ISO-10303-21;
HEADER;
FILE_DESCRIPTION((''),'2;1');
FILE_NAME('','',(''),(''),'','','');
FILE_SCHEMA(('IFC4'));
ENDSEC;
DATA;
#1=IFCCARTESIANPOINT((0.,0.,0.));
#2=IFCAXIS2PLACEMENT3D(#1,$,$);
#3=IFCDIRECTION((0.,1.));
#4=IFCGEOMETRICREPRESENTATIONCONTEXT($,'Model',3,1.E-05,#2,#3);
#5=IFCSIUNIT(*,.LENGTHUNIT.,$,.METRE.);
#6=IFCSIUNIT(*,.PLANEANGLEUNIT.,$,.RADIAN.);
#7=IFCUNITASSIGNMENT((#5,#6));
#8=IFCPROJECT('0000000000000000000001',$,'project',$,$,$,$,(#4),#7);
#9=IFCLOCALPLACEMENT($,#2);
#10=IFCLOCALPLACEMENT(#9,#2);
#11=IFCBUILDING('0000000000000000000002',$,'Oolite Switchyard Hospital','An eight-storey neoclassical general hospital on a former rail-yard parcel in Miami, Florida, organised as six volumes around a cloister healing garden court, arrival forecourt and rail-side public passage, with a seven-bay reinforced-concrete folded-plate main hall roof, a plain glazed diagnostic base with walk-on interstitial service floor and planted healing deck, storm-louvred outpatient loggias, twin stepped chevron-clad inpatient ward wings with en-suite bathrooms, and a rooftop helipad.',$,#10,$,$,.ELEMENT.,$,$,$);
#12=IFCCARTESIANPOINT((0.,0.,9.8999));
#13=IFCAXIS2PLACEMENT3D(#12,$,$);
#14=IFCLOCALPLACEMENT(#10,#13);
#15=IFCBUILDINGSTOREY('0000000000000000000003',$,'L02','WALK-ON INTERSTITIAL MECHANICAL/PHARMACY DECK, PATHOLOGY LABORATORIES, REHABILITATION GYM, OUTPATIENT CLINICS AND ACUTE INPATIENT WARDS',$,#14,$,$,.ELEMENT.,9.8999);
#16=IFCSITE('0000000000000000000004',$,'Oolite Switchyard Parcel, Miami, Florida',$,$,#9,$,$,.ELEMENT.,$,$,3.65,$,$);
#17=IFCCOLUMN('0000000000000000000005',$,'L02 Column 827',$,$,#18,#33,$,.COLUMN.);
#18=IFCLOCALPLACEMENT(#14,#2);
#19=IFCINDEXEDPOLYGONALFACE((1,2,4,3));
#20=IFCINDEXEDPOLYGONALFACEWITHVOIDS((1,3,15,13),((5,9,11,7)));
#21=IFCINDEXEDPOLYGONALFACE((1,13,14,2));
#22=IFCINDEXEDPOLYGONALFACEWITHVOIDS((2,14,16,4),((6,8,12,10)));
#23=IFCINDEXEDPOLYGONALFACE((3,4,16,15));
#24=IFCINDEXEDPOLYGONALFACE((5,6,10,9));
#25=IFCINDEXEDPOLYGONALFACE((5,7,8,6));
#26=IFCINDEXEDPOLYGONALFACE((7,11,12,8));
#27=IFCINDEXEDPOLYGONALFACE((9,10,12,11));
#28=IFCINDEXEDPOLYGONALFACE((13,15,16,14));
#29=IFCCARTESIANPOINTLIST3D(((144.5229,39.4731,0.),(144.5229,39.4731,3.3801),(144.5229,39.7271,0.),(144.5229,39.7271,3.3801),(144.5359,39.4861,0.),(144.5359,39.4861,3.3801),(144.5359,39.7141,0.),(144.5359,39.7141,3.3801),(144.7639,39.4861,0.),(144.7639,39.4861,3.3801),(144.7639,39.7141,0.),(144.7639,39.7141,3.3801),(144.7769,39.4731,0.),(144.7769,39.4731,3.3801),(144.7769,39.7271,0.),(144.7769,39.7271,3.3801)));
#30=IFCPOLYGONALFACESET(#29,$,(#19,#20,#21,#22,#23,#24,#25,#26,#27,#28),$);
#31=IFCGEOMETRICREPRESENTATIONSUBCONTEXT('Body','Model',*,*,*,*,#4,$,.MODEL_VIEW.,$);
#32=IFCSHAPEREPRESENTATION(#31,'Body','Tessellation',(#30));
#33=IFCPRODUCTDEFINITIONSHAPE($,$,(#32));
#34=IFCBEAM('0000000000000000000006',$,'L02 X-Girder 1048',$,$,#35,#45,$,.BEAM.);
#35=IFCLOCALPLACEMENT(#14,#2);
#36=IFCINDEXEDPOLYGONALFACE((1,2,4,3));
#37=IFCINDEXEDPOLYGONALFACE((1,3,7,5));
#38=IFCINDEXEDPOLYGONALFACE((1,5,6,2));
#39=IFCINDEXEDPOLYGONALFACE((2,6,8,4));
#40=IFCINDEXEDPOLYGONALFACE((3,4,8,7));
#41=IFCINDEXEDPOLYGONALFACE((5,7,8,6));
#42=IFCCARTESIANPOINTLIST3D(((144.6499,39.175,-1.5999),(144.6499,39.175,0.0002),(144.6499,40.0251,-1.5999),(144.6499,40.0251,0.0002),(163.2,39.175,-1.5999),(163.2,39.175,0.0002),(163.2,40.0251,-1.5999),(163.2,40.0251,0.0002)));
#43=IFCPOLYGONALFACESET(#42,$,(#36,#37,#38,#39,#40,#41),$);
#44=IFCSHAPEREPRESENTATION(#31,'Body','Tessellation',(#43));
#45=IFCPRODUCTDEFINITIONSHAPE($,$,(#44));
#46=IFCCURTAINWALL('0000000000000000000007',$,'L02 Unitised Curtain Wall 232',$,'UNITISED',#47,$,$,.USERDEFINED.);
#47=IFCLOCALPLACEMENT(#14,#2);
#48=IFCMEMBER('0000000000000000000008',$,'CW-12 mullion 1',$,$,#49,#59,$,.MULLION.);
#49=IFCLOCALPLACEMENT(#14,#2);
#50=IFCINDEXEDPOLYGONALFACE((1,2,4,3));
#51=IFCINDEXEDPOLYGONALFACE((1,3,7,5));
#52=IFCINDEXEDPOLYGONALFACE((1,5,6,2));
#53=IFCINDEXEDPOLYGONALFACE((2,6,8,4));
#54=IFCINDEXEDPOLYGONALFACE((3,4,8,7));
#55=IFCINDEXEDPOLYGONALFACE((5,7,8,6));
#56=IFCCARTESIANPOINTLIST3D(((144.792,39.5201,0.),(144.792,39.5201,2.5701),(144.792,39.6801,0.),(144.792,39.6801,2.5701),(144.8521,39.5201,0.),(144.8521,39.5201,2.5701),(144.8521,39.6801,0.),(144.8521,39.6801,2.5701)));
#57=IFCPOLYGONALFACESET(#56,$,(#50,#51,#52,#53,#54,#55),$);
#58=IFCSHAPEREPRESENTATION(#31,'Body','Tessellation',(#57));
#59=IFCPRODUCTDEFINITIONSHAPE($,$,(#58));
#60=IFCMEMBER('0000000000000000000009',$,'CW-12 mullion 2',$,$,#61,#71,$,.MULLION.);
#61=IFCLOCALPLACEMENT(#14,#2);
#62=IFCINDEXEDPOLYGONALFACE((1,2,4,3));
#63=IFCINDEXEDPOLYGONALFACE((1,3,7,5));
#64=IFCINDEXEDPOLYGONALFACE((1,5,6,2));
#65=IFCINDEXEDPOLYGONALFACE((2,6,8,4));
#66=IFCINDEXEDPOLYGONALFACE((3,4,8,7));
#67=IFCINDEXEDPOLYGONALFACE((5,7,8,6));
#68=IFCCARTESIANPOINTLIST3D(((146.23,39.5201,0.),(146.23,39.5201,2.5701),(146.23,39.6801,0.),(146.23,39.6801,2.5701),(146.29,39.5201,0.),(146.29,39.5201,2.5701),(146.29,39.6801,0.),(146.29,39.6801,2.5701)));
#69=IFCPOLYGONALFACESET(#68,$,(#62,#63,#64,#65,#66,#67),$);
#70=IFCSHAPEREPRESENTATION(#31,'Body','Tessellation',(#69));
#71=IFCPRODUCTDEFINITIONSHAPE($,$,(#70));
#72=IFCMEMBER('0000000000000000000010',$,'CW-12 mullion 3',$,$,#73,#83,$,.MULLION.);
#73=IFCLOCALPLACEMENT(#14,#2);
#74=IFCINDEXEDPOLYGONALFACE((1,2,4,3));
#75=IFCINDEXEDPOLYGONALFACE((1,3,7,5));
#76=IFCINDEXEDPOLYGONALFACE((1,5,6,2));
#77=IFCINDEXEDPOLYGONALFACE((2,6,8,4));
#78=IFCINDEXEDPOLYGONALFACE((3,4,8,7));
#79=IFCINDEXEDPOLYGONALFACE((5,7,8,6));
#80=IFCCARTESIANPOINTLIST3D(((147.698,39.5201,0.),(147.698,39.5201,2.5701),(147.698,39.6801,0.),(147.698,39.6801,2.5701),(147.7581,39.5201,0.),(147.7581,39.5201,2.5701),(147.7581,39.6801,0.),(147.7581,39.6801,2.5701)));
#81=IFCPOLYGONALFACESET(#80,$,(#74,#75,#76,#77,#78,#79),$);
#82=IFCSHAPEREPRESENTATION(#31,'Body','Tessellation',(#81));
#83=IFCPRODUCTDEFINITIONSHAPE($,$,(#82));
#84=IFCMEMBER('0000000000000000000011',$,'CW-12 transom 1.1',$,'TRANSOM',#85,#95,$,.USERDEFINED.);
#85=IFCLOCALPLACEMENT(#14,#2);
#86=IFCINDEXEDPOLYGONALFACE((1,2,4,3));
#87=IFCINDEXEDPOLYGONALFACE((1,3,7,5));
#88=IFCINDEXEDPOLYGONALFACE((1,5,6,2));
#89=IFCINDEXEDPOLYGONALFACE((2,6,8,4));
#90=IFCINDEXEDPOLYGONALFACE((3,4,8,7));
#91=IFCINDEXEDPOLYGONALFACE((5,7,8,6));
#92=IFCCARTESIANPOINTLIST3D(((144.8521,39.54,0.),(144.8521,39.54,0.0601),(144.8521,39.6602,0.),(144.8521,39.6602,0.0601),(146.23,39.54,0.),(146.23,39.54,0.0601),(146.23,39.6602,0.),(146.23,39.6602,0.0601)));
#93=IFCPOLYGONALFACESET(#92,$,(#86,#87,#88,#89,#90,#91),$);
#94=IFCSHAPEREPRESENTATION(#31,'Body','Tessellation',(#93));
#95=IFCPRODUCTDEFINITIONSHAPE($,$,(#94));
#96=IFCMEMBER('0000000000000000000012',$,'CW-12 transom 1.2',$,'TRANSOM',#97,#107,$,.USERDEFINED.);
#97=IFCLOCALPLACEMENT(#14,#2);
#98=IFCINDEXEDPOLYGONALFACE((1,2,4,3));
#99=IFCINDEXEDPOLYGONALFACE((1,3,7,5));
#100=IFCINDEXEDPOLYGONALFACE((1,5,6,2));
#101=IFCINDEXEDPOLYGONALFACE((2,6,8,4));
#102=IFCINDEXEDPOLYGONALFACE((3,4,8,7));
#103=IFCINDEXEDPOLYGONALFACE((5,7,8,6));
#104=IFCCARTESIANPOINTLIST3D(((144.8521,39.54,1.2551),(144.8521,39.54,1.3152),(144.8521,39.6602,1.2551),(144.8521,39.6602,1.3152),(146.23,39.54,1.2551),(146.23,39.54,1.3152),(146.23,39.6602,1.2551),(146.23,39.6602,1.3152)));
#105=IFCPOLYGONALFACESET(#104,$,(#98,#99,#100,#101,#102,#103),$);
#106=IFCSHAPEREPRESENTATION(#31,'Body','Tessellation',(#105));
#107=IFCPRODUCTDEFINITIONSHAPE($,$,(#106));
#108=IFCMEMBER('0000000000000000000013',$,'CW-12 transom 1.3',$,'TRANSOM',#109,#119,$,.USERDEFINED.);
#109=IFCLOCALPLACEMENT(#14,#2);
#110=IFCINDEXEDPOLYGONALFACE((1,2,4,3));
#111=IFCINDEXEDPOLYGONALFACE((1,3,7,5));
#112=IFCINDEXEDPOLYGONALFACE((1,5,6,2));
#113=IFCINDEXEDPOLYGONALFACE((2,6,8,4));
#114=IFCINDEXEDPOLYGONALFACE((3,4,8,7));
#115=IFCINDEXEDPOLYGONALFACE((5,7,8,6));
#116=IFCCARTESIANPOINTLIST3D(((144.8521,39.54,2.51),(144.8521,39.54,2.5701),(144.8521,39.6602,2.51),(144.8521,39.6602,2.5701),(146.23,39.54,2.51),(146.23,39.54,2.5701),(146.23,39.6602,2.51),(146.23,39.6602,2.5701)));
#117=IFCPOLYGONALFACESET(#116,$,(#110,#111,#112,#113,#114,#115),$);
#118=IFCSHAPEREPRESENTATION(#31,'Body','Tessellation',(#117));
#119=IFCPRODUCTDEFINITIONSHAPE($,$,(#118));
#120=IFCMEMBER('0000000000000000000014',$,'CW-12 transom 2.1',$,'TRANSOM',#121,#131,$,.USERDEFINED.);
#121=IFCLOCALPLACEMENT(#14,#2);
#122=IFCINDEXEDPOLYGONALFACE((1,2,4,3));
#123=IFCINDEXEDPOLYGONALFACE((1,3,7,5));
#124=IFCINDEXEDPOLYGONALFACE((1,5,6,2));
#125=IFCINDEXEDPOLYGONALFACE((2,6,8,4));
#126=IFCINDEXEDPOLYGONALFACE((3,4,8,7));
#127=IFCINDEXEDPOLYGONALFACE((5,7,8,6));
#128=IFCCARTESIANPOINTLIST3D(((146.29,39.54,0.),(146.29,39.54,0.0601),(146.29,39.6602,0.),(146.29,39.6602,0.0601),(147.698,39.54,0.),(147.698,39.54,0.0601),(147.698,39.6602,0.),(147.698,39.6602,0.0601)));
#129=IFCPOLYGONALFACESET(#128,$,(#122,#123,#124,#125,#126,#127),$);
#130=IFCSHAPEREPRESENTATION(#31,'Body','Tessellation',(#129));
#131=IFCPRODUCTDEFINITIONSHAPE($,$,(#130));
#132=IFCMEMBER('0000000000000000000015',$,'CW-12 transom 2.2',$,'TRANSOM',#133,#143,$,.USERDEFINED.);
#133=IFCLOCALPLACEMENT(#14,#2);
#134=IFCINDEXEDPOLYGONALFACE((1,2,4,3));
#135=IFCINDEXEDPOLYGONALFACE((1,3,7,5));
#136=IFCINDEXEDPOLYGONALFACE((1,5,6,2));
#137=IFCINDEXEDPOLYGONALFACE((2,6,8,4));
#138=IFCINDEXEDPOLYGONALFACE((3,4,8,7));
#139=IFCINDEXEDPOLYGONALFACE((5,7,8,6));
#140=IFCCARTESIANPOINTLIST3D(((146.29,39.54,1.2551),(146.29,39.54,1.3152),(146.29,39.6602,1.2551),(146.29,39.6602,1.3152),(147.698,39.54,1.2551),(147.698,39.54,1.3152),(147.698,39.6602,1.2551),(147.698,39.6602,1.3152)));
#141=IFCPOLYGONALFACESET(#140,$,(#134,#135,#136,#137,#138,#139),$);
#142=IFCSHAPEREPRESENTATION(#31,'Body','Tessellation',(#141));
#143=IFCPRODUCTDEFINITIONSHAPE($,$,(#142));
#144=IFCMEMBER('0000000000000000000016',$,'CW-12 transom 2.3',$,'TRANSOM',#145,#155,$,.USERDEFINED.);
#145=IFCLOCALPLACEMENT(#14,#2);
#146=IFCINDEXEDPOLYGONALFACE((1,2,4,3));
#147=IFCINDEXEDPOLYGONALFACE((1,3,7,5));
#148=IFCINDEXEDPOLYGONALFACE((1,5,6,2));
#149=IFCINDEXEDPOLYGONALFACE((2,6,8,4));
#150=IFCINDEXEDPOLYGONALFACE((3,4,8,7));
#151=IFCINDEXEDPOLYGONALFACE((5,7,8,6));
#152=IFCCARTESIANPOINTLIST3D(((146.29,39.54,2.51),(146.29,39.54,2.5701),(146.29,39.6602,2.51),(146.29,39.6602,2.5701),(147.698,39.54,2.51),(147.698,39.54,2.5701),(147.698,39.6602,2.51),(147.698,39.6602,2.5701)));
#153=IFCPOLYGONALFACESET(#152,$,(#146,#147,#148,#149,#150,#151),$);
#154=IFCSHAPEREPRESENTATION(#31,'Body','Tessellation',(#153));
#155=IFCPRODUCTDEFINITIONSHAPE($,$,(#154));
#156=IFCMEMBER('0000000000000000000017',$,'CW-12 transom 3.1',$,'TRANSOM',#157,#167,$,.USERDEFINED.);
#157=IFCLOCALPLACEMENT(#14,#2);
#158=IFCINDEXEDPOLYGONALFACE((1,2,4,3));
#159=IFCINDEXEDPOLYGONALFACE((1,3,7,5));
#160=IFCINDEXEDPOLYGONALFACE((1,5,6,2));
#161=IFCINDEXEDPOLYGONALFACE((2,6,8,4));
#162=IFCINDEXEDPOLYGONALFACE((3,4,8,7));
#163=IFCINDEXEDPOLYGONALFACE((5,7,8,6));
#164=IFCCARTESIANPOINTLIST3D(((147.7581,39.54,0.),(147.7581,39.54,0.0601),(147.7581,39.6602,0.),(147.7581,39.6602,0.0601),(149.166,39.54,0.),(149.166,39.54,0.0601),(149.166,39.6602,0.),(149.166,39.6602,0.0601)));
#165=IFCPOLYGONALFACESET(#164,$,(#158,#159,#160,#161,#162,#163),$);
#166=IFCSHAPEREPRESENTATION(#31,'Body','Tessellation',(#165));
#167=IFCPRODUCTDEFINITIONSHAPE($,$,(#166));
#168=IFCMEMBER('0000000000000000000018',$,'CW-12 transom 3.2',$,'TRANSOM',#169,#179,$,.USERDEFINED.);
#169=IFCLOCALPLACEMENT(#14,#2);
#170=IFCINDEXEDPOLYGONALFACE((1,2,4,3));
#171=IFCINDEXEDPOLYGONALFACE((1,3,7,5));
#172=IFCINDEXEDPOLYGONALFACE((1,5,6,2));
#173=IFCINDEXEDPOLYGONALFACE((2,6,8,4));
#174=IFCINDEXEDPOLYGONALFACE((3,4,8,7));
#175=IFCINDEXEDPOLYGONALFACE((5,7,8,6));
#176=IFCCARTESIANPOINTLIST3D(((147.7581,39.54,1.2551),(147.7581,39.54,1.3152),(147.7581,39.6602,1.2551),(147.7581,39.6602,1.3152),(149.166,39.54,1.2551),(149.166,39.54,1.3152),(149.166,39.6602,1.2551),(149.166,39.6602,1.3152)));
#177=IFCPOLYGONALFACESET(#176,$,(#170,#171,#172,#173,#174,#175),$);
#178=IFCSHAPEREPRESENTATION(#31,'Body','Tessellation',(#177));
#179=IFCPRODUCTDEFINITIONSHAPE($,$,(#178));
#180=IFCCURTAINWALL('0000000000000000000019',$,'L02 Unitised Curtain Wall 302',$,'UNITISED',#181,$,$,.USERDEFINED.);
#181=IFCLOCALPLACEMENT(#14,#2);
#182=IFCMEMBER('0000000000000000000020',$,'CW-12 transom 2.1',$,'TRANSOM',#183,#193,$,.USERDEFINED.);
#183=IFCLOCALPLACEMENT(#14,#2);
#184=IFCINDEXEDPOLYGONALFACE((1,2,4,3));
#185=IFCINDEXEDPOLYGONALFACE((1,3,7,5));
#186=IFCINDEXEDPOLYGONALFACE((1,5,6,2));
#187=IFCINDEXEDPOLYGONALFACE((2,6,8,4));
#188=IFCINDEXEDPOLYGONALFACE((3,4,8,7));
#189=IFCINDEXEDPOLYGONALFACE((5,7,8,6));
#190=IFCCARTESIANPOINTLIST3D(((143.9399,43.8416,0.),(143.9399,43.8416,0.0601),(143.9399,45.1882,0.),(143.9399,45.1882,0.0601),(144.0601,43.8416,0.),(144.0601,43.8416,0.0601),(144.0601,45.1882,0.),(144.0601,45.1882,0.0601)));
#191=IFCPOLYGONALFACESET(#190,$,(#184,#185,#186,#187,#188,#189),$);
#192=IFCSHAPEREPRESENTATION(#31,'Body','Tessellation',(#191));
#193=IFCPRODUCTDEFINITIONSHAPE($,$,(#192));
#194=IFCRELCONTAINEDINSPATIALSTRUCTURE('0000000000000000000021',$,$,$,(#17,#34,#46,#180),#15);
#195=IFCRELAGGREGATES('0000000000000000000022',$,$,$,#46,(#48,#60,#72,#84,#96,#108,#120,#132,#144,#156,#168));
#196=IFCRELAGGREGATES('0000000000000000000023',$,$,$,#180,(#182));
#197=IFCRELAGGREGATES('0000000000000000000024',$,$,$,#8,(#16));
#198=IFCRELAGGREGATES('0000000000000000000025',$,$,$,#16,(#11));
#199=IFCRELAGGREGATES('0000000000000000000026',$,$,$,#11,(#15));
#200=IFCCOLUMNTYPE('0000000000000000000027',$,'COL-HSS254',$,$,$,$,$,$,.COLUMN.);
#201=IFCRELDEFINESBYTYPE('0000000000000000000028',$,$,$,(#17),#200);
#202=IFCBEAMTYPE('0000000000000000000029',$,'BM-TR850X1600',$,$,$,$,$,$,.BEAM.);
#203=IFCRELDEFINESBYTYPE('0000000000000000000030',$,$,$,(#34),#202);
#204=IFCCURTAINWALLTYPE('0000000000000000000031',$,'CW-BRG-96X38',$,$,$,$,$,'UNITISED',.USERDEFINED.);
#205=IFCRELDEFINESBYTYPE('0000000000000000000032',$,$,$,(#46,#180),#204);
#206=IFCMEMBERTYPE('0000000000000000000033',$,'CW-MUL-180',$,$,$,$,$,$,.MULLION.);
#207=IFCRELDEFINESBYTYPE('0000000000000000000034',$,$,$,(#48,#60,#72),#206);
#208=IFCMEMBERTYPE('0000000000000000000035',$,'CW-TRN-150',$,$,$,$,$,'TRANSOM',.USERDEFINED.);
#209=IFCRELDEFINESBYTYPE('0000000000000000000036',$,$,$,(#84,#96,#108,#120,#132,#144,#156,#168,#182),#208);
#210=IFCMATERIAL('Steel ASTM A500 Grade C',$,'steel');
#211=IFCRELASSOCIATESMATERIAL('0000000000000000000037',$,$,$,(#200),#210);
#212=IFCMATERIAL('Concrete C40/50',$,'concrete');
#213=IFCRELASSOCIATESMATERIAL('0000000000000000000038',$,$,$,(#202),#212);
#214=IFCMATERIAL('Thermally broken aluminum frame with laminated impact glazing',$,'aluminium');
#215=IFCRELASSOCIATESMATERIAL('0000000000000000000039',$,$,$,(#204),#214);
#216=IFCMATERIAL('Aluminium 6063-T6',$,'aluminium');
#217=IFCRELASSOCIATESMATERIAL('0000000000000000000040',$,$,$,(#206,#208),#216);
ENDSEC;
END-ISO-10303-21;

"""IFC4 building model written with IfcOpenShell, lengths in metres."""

from ifc_helpers import new_model, si_unit, direction, frame, origin, origin_2d, place, context, subcontext, project, spatial, rectangle, hollow_rectangle, extrude, material, material_profile, profile_set, type_object, element, aggregate, save


model = new_model("IFC4")

# Units and contexts
model_context = context("Model", 3, precision=1e-05, world=origin(), true_north=direction((0.0, 1.0)))
body_context = subcontext(model_context, "Body", "Model", "MODEL_VIEW")
ifc_project = project(units=[si_unit("LENGTHUNIT", "METRE"), si_unit("PLANEANGLEUNIT", "RADIAN")], contexts=[model_context])

# Site, building, storey
site_placement = place(None, origin())
site = spatial("IfcSite", under=ifc_project, at=site_placement, Name="Oolite Switchyard Parcel, Miami, Florida", CompositionType="ELEMENT", RefElevation=3.65)
building_placement = place(site_placement, origin())
building = spatial("IfcBuilding", under=site, at=building_placement, Name="Oolite Switchyard Hospital", Description="An eight-storey neoclassical general hospital on a former rail-yard parcel in Miami, Florida, organised as six volumes around a cloister healing garden court, arrival forecourt and rail-side public passage, with a seven-bay reinforced-concrete folded-plate main hall roof, a plain glazed diagnostic base with walk-on interstitial service floor and planted healing deck, storm-louvred outpatient loggias, twin stepped chevron-clad inpatient ward wings with en-suite bathrooms, and a rooftop helipad.", CompositionType="ELEMENT")
storey_placement = place(building_placement, frame((0.0, 0.0, 9.8999)))
storey = spatial("IfcBuildingStorey", under=building, at=storey_placement, Name="L02", Description="WALK-ON INTERSTITIAL MECHANICAL/PHARMACY DECK, PATHOLOGY LABORATORIES, REHABILITATION GYM, OUTPATIENT CLINICS AND ACUTE INPATIENT WARDS", CompositionType="ELEMENT", Elevation=9.8999)

# Column
ifc_material_1 = material(Name="Steel ASTM A500 Grade C", Category="steel")
ifc_material_profile_1 = material_profile(ifc_material_1, hollow_rectangle(XDim=0.2539, YDim=0.2539, WallThickness=0.0129, at=origin_2d()), Name="HSS254X254X13")
ifc_profile_set_1 = profile_set([ifc_material_profile_1], Name="Steel ASTM A500 Grade C")
column_type = type_object("IfcColumnType", Name="COL-HSS254", PredefinedType="COLUMN", material=ifc_profile_set_1)
column_placement = place(storey_placement, frame((144.6499, 39.6001, 0.0), z_axis=(0.0, 0.0, 1.0), x_axis=(1.0, 0.0, 0.0)))
element("IfcColumn", 1, at=column_placement, inside=storey, type_object=column_type, Name="L02 Column 827", PredefinedType="COLUMN", context=body_context, shape_type="SweptSolid", body=[
    extrude(hollow_rectangle(XDim=0.2539, YDim=0.2539, WallThickness=0.0129, at=origin_2d()), origin(), (0.0, 0.0, 1.0), 3.3801),
])

# Beam
ifc_material_2 = material(Name="Concrete C40/50", Category="concrete")
ifc_material_profile_2 = material_profile(ifc_material_2, rectangle(XDim=0.8501, YDim=1.6001, at=origin_2d()), Name="RCT850X1600")
ifc_profile_set_2 = profile_set([ifc_material_profile_2], Name="Concrete C40/50")
beam_type = type_object("IfcBeamType", Name="BM-TR850X1600", PredefinedType="BEAM", material=ifc_profile_set_2)
beam_placement = place(storey_placement, frame((144.6499, 39.6001, -0.7998), z_axis=(1.0, 0.0, 0.0), x_axis=(0.0, 1.0, 0.0)))
element("IfcBeam", 2, at=beam_placement, inside=storey, type_object=beam_type, Name="L02 X-Girder 1048", PredefinedType="BEAM", context=body_context, shape_type="SweptSolid", body=[
    extrude(rectangle(XDim=0.8501, YDim=1.6001, at=origin_2d()), origin(), (0.0, 0.0, 1.0), 18.55),
])

# Curtain walls, members
ifc_material_3 = material(Name="Thermally broken aluminum frame with laminated impact glazing", Category="aluminium")
curtain_wall_type = type_object("IfcCurtainWallType", Name="CW-BRG-96X38", ElementType="UNITISED", PredefinedType="USERDEFINED", material=ifc_material_3)
curtain_wall_1_placement = place(storey_placement, origin())
curtain_wall_1 = element("IfcCurtainWall", 3, at=curtain_wall_1_placement, inside=storey, type_object=curtain_wall_type, Name="L02 Unitised Curtain Wall 232", ObjectType="UNITISED", PredefinedType="USERDEFINED")
ifc_material_4 = material(Name="Aluminium 6063-T6", Category="aluminium")
ifc_material_profile_3 = material_profile(ifc_material_4, rectangle(XDim=0.1599, YDim=0.0601, at=origin_2d()), Name="CWM60X160")
ifc_profile_set_3 = profile_set([ifc_material_profile_3], Name="Aluminium 6063-T6")
member_type_1 = type_object("IfcMemberType", Name="CW-MUL-180", PredefinedType="MULLION", material=ifc_profile_set_3)
member_1_placement = place(storey_placement, frame((144.822, 39.6001, 0.0), z_axis=(0.0, 0.0, 1.0), x_axis=(0.0, 1.0, 0.0)))
member_1 = element("IfcMember", 4, at=member_1_placement, type_object=member_type_1, Name="CW-12 mullion 1", PredefinedType="MULLION", context=body_context, shape_type="SweptSolid", body=[
    extrude(rectangle(XDim=0.1599, YDim=0.0601, at=origin_2d()), origin(), (0.0, 0.0, 1.0), 2.5701),
])
member_2_placement = place(storey_placement, frame((146.26, 39.6001, 0.0), z_axis=(0.0, 0.0, 1.0), x_axis=(0.0, 1.0, 0.0)))
member_2 = element("IfcMember", 5, at=member_2_placement, type_object=member_type_1, Name="CW-12 mullion 2", PredefinedType="MULLION", context=body_context, shape_type="SweptSolid", body=[
    extrude(rectangle(XDim=0.1599, YDim=0.0601, at=origin_2d()), origin(), (0.0, 0.0, 1.0), 2.5701),
])
member_3_placement = place(storey_placement, frame((147.728, 39.6001, 0.0), z_axis=(0.0, 0.0, 1.0), x_axis=(0.0, 1.0, 0.0)))
member_3 = element("IfcMember", 6, at=member_3_placement, type_object=member_type_1, Name="CW-12 mullion 3", PredefinedType="MULLION", context=body_context, shape_type="SweptSolid", body=[
    extrude(rectangle(XDim=0.1599, YDim=0.0601, at=origin_2d()), origin(), (0.0, 0.0, 1.0), 2.5701),
])
ifc_material_profile_4 = material_profile(ifc_material_4, rectangle(XDim=0.1201, YDim=0.0601, at=origin_2d()), Name="CWT60X120")
ifc_profile_set_4 = profile_set([ifc_material_profile_4], Name="Aluminium 6063-T6")
member_type_2 = type_object("IfcMemberType", Name="CW-TRN-150", ElementType="TRANSOM", PredefinedType="USERDEFINED", material=ifc_profile_set_4)
member_4_placement = place(storey_placement, frame((144.8521, 39.6001, 0.03), z_axis=(1.0, 0.0, 0.0), x_axis=(0.0, 1.0, 0.0)))
member_4 = element("IfcMember", 7, at=member_4_placement, type_object=member_type_2, Name="CW-12 transom 1.1", ObjectType="TRANSOM", PredefinedType="USERDEFINED", context=body_context, shape_type="SweptSolid", body=[
    extrude(rectangle(XDim=0.1201, YDim=0.0601, at=origin_2d()), origin(), (0.0, 0.0, 1.0), 1.3779),
])
member_5_placement = place(storey_placement, frame((144.8521, 39.6001, 1.2852), z_axis=(1.0, 0.0, 0.0), x_axis=(0.0, 1.0, 0.0)))
member_5 = element("IfcMember", 8, at=member_5_placement, type_object=member_type_2, Name="CW-12 transom 1.2", ObjectType="TRANSOM", PredefinedType="USERDEFINED", context=body_context, shape_type="SweptSolid", body=[
    extrude(rectangle(XDim=0.1201, YDim=0.0601, at=origin_2d()), origin(), (0.0, 0.0, 1.0), 1.3779),
])
member_6_placement = place(storey_placement, frame((144.8521, 39.6001, 2.54), z_axis=(1.0, 0.0, 0.0), x_axis=(0.0, 1.0, 0.0)))
member_6 = element("IfcMember", 9, at=member_6_placement, type_object=member_type_2, Name="CW-12 transom 1.3", ObjectType="TRANSOM", PredefinedType="USERDEFINED", context=body_context, shape_type="SweptSolid", body=[
    extrude(rectangle(XDim=0.1201, YDim=0.0601, at=origin_2d()), origin(), (0.0, 0.0, 1.0), 1.3779),
])
member_7_placement = place(storey_placement, frame((146.29, 39.6001, 0.03), z_axis=(1.0, 0.0, 0.0), x_axis=(0.0, 1.0, 0.0)))
member_7 = element("IfcMember", 10, at=member_7_placement, type_object=member_type_2, Name="CW-12 transom 2.1", ObjectType="TRANSOM", PredefinedType="USERDEFINED", context=body_context, shape_type="SweptSolid", body=[
    extrude(rectangle(XDim=0.1201, YDim=0.0601, at=origin_2d()), origin(), (0.0, 0.0, 1.0), 1.408),
])
member_8_placement = place(storey_placement, frame((146.29, 39.6001, 1.2852), z_axis=(1.0, 0.0, 0.0), x_axis=(0.0, 1.0, 0.0)))
member_8 = element("IfcMember", 11, at=member_8_placement, type_object=member_type_2, Name="CW-12 transom 2.2", ObjectType="TRANSOM", PredefinedType="USERDEFINED", context=body_context, shape_type="SweptSolid", body=[
    extrude(rectangle(XDim=0.1201, YDim=0.0601, at=origin_2d()), origin(), (0.0, 0.0, 1.0), 1.408),
])
member_9_placement = place(storey_placement, frame((146.29, 39.6001, 2.54), z_axis=(1.0, 0.0, 0.0), x_axis=(0.0, 1.0, 0.0)))
member_9 = element("IfcMember", 12, at=member_9_placement, type_object=member_type_2, Name="CW-12 transom 2.3", ObjectType="TRANSOM", PredefinedType="USERDEFINED", context=body_context, shape_type="SweptSolid", body=[
    extrude(rectangle(XDim=0.1201, YDim=0.0601, at=origin_2d()), origin(), (0.0, 0.0, 1.0), 1.408),
])
member_10_placement = place(storey_placement, frame((147.7581, 39.6001, 0.03), z_axis=(1.0, 0.0, 0.0), x_axis=(0.0, 1.0, 0.0)))
member_10 = element("IfcMember", 13, at=member_10_placement, type_object=member_type_2, Name="CW-12 transom 3.1", ObjectType="TRANSOM", PredefinedType="USERDEFINED", context=body_context, shape_type="SweptSolid", body=[
    extrude(rectangle(XDim=0.1201, YDim=0.0601, at=origin_2d()), origin(), (0.0, 0.0, 1.0), 1.408),
])
member_11_placement = place(storey_placement, frame((147.7581, 39.6001, 1.2852), z_axis=(1.0, 0.0, 0.0), x_axis=(0.0, 1.0, 0.0)))
member_11 = element("IfcMember", 14, at=member_11_placement, type_object=member_type_2, Name="CW-12 transom 3.2", ObjectType="TRANSOM", PredefinedType="USERDEFINED", context=body_context, shape_type="SweptSolid", body=[
    extrude(rectangle(XDim=0.1201, YDim=0.0601, at=origin_2d()), origin(), (0.0, 0.0, 1.0), 1.408),
])
curtain_wall_2_placement = place(storey_placement, origin())
curtain_wall_2 = element("IfcCurtainWall", 15, at=curtain_wall_2_placement, inside=storey, type_object=curtain_wall_type, Name="L02 Unitised Curtain Wall 302", ObjectType="UNITISED", PredefinedType="USERDEFINED")
member_12_placement = place(storey_placement, frame((144.0, 45.1882, 0.03), z_axis=(0.0, -1.0, 0.0), x_axis=(1.0, 0.0, 0.0)))
member_12 = element("IfcMember", 16, at=member_12_placement, type_object=member_type_2, Name="CW-12 transom 2.1", ObjectType="TRANSOM", PredefinedType="USERDEFINED", context=body_context, shape_type="SweptSolid", body=[
    extrude(rectangle(XDim=0.1201, YDim=0.0601, at=origin_2d()), origin(), (0.0, 0.0, 1.0), 1.3467),
])

aggregate(curtain_wall_1, [member_1, member_2, member_3, member_4, member_5, member_6, member_7, member_8, member_9, member_10, member_11])
aggregate(curtain_wall_2, [member_12])

save(model, "model.ifc")
